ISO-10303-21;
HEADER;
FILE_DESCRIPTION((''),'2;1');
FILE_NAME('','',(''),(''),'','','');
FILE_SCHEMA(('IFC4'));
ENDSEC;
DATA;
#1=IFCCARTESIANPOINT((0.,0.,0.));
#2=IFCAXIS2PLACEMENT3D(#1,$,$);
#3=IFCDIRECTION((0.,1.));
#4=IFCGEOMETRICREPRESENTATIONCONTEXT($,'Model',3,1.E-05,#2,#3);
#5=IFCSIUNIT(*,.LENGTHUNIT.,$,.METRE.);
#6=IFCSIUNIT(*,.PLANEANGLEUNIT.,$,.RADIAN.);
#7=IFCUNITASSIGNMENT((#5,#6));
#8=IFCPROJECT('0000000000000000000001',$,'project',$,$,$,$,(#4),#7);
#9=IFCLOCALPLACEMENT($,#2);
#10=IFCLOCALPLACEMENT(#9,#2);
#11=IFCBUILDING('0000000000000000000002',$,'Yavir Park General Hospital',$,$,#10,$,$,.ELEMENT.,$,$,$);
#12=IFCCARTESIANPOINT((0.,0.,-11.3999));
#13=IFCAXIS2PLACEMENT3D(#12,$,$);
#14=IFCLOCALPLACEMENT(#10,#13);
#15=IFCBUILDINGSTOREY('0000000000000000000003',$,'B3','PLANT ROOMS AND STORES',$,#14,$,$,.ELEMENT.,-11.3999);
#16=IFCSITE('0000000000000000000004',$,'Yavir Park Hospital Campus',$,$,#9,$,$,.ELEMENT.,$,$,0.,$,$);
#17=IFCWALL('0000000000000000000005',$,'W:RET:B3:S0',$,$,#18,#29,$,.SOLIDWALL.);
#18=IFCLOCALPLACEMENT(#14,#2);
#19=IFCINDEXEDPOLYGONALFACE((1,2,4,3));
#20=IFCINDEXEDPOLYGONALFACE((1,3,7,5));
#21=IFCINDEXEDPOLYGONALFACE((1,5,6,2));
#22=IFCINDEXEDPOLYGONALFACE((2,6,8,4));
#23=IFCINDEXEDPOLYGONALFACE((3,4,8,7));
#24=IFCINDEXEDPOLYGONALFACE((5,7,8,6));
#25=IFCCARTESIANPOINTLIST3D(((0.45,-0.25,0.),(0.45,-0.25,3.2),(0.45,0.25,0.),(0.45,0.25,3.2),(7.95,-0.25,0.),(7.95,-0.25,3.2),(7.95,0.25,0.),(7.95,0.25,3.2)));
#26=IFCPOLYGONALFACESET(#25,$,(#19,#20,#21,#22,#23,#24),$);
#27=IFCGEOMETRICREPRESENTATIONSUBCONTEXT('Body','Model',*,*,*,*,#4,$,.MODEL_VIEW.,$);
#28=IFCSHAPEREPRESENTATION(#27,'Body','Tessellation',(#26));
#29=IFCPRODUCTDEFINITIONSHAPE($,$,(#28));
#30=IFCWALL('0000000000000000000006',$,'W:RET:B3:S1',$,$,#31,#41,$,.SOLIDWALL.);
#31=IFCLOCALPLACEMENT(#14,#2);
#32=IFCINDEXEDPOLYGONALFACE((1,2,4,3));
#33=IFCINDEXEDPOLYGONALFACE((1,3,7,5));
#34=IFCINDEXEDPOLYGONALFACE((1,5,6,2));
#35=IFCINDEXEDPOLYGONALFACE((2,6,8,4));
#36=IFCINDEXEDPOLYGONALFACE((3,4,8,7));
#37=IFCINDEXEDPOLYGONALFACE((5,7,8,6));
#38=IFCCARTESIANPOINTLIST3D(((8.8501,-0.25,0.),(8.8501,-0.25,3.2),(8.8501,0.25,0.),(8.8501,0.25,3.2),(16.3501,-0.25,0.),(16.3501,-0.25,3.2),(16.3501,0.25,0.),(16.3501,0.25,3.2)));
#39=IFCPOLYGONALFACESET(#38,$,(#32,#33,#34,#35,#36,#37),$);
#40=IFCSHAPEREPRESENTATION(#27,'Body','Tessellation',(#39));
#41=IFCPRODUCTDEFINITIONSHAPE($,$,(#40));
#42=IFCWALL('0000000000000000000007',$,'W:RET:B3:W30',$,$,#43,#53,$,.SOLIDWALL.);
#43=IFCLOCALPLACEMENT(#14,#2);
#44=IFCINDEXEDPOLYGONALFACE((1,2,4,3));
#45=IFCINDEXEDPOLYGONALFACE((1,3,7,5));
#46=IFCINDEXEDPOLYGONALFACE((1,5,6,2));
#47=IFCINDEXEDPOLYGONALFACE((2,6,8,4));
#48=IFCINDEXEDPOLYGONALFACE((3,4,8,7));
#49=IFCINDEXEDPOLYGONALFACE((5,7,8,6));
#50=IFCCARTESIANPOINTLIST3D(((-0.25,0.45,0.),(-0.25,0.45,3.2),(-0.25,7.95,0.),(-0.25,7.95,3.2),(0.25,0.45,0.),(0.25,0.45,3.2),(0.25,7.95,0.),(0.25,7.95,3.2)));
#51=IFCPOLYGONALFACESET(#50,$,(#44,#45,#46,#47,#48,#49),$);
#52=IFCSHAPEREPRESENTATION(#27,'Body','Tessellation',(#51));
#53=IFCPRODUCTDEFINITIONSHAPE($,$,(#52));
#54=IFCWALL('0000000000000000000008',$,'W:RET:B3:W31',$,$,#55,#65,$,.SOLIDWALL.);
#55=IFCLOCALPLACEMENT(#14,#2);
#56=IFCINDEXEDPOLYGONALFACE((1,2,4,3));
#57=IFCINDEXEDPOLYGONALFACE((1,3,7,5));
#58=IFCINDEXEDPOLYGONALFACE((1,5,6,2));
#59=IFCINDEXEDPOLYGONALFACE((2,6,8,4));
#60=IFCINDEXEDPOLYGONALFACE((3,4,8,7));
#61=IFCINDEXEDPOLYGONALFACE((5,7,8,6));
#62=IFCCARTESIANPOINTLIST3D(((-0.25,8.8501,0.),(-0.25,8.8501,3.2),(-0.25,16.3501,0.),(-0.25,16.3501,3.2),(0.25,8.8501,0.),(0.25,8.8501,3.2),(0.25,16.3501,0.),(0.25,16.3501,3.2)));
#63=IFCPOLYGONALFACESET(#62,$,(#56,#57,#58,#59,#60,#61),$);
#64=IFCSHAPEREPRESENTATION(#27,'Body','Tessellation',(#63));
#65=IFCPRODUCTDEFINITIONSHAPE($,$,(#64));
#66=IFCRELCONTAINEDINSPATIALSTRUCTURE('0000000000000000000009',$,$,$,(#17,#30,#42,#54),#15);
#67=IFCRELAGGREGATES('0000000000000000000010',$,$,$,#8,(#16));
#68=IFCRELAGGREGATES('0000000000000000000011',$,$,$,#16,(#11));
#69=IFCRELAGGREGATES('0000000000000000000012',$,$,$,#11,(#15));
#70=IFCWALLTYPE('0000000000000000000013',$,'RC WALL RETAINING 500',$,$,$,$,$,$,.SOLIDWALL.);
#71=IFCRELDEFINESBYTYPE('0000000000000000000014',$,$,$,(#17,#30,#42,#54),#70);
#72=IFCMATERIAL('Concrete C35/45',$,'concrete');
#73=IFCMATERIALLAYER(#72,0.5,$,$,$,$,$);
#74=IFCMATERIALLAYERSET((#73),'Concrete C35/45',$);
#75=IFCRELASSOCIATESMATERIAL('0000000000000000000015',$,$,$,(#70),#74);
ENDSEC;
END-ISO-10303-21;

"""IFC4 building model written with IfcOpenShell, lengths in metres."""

from ifc_helpers import new_model, si_unit, direction, frame, frame_2d, origin, place, context, subcontext, project, spatial, rectangle, extrude, material, layer, layer_set, type_object, element, save


model = new_model("IFC4")

# Units and contexts
model_context = context("Model", 3, precision=1e-05, world=origin(), true_north=direction((0.0, 1.0)))
body_context = subcontext(model_context, "Body", "Model", "MODEL_VIEW")
ifc_project = project(units=[si_unit("LENGTHUNIT", "METRE"), si_unit("PLANEANGLEUNIT", "RADIAN")], contexts=[model_context])

# Site, building, storey
site_placement = place(None, origin())
site = spatial("IfcSite", under=ifc_project, at=site_placement, Name="Yavir Park Hospital Campus", CompositionType="ELEMENT", RefElevation=0.0)
building_placement = place(site_placement, origin())
building = spatial("IfcBuilding", under=site, at=building_placement, Name="Yavir Park General Hospital", CompositionType="ELEMENT")
storey_placement = place(building_placement, frame((0.0, 0.0, -11.3999)))
storey = spatial("IfcBuildingStorey", under=building, at=storey_placement, Name="B3", Description="PLANT ROOMS AND STORES", CompositionType="ELEMENT", Elevation=-11.3999)

# Walls
ifc_material_1 = material(Name="Concrete C35/45", Category="concrete")
ifc_layer_1 = layer(ifc_material_1, 0.5)
ifc_layer_set_1 = layer_set([ifc_layer_1], Name="Concrete C35/45")
wall_type_1 = type_object("IfcWallType", Name="RC WALL RETAINING 500", PredefinedType="SOLIDWALL", material=ifc_layer_set_1)
for number, where, z_axis, x_axis, name in (
    (1, (0.45, 0.0, 0.0), (0.0, 0.0, 1.0), (1.0, 0.0, 0.0), "W:RET:B3:S0"),
    (2, (8.8501, 0.0, 0.0), (0.0, 0.0, 1.0), (1.0, 0.0, 0.0), "W:RET:B3:S1"),
    (3, (0.0, 0.45, 0.0), (0.0, 0.0, 1.0), (0.0, 1.0, 0.0), "W:RET:B3:W30"),
    (4, (0.0, 8.8501, 0.0), (0.0, 0.0, 1.0), (0.0, 1.0, 0.0), "W:RET:B3:W31"),
):
    element("IfcWall", number, at=place(storey_placement, frame(where, z_axis=z_axis, x_axis=x_axis)), inside=storey, type_object=wall_type_1, Name=name, PredefinedType="SOLIDWALL", context=body_context, shape_type="SweptSolid", body=[
        extrude(rectangle(XDim=7.5, YDim=0.5, at=frame_2d((3.75, 0.0))), origin(), (0.0, 0.0, 1.0), 3.2),
    ])

save(model, "model.ifc")
